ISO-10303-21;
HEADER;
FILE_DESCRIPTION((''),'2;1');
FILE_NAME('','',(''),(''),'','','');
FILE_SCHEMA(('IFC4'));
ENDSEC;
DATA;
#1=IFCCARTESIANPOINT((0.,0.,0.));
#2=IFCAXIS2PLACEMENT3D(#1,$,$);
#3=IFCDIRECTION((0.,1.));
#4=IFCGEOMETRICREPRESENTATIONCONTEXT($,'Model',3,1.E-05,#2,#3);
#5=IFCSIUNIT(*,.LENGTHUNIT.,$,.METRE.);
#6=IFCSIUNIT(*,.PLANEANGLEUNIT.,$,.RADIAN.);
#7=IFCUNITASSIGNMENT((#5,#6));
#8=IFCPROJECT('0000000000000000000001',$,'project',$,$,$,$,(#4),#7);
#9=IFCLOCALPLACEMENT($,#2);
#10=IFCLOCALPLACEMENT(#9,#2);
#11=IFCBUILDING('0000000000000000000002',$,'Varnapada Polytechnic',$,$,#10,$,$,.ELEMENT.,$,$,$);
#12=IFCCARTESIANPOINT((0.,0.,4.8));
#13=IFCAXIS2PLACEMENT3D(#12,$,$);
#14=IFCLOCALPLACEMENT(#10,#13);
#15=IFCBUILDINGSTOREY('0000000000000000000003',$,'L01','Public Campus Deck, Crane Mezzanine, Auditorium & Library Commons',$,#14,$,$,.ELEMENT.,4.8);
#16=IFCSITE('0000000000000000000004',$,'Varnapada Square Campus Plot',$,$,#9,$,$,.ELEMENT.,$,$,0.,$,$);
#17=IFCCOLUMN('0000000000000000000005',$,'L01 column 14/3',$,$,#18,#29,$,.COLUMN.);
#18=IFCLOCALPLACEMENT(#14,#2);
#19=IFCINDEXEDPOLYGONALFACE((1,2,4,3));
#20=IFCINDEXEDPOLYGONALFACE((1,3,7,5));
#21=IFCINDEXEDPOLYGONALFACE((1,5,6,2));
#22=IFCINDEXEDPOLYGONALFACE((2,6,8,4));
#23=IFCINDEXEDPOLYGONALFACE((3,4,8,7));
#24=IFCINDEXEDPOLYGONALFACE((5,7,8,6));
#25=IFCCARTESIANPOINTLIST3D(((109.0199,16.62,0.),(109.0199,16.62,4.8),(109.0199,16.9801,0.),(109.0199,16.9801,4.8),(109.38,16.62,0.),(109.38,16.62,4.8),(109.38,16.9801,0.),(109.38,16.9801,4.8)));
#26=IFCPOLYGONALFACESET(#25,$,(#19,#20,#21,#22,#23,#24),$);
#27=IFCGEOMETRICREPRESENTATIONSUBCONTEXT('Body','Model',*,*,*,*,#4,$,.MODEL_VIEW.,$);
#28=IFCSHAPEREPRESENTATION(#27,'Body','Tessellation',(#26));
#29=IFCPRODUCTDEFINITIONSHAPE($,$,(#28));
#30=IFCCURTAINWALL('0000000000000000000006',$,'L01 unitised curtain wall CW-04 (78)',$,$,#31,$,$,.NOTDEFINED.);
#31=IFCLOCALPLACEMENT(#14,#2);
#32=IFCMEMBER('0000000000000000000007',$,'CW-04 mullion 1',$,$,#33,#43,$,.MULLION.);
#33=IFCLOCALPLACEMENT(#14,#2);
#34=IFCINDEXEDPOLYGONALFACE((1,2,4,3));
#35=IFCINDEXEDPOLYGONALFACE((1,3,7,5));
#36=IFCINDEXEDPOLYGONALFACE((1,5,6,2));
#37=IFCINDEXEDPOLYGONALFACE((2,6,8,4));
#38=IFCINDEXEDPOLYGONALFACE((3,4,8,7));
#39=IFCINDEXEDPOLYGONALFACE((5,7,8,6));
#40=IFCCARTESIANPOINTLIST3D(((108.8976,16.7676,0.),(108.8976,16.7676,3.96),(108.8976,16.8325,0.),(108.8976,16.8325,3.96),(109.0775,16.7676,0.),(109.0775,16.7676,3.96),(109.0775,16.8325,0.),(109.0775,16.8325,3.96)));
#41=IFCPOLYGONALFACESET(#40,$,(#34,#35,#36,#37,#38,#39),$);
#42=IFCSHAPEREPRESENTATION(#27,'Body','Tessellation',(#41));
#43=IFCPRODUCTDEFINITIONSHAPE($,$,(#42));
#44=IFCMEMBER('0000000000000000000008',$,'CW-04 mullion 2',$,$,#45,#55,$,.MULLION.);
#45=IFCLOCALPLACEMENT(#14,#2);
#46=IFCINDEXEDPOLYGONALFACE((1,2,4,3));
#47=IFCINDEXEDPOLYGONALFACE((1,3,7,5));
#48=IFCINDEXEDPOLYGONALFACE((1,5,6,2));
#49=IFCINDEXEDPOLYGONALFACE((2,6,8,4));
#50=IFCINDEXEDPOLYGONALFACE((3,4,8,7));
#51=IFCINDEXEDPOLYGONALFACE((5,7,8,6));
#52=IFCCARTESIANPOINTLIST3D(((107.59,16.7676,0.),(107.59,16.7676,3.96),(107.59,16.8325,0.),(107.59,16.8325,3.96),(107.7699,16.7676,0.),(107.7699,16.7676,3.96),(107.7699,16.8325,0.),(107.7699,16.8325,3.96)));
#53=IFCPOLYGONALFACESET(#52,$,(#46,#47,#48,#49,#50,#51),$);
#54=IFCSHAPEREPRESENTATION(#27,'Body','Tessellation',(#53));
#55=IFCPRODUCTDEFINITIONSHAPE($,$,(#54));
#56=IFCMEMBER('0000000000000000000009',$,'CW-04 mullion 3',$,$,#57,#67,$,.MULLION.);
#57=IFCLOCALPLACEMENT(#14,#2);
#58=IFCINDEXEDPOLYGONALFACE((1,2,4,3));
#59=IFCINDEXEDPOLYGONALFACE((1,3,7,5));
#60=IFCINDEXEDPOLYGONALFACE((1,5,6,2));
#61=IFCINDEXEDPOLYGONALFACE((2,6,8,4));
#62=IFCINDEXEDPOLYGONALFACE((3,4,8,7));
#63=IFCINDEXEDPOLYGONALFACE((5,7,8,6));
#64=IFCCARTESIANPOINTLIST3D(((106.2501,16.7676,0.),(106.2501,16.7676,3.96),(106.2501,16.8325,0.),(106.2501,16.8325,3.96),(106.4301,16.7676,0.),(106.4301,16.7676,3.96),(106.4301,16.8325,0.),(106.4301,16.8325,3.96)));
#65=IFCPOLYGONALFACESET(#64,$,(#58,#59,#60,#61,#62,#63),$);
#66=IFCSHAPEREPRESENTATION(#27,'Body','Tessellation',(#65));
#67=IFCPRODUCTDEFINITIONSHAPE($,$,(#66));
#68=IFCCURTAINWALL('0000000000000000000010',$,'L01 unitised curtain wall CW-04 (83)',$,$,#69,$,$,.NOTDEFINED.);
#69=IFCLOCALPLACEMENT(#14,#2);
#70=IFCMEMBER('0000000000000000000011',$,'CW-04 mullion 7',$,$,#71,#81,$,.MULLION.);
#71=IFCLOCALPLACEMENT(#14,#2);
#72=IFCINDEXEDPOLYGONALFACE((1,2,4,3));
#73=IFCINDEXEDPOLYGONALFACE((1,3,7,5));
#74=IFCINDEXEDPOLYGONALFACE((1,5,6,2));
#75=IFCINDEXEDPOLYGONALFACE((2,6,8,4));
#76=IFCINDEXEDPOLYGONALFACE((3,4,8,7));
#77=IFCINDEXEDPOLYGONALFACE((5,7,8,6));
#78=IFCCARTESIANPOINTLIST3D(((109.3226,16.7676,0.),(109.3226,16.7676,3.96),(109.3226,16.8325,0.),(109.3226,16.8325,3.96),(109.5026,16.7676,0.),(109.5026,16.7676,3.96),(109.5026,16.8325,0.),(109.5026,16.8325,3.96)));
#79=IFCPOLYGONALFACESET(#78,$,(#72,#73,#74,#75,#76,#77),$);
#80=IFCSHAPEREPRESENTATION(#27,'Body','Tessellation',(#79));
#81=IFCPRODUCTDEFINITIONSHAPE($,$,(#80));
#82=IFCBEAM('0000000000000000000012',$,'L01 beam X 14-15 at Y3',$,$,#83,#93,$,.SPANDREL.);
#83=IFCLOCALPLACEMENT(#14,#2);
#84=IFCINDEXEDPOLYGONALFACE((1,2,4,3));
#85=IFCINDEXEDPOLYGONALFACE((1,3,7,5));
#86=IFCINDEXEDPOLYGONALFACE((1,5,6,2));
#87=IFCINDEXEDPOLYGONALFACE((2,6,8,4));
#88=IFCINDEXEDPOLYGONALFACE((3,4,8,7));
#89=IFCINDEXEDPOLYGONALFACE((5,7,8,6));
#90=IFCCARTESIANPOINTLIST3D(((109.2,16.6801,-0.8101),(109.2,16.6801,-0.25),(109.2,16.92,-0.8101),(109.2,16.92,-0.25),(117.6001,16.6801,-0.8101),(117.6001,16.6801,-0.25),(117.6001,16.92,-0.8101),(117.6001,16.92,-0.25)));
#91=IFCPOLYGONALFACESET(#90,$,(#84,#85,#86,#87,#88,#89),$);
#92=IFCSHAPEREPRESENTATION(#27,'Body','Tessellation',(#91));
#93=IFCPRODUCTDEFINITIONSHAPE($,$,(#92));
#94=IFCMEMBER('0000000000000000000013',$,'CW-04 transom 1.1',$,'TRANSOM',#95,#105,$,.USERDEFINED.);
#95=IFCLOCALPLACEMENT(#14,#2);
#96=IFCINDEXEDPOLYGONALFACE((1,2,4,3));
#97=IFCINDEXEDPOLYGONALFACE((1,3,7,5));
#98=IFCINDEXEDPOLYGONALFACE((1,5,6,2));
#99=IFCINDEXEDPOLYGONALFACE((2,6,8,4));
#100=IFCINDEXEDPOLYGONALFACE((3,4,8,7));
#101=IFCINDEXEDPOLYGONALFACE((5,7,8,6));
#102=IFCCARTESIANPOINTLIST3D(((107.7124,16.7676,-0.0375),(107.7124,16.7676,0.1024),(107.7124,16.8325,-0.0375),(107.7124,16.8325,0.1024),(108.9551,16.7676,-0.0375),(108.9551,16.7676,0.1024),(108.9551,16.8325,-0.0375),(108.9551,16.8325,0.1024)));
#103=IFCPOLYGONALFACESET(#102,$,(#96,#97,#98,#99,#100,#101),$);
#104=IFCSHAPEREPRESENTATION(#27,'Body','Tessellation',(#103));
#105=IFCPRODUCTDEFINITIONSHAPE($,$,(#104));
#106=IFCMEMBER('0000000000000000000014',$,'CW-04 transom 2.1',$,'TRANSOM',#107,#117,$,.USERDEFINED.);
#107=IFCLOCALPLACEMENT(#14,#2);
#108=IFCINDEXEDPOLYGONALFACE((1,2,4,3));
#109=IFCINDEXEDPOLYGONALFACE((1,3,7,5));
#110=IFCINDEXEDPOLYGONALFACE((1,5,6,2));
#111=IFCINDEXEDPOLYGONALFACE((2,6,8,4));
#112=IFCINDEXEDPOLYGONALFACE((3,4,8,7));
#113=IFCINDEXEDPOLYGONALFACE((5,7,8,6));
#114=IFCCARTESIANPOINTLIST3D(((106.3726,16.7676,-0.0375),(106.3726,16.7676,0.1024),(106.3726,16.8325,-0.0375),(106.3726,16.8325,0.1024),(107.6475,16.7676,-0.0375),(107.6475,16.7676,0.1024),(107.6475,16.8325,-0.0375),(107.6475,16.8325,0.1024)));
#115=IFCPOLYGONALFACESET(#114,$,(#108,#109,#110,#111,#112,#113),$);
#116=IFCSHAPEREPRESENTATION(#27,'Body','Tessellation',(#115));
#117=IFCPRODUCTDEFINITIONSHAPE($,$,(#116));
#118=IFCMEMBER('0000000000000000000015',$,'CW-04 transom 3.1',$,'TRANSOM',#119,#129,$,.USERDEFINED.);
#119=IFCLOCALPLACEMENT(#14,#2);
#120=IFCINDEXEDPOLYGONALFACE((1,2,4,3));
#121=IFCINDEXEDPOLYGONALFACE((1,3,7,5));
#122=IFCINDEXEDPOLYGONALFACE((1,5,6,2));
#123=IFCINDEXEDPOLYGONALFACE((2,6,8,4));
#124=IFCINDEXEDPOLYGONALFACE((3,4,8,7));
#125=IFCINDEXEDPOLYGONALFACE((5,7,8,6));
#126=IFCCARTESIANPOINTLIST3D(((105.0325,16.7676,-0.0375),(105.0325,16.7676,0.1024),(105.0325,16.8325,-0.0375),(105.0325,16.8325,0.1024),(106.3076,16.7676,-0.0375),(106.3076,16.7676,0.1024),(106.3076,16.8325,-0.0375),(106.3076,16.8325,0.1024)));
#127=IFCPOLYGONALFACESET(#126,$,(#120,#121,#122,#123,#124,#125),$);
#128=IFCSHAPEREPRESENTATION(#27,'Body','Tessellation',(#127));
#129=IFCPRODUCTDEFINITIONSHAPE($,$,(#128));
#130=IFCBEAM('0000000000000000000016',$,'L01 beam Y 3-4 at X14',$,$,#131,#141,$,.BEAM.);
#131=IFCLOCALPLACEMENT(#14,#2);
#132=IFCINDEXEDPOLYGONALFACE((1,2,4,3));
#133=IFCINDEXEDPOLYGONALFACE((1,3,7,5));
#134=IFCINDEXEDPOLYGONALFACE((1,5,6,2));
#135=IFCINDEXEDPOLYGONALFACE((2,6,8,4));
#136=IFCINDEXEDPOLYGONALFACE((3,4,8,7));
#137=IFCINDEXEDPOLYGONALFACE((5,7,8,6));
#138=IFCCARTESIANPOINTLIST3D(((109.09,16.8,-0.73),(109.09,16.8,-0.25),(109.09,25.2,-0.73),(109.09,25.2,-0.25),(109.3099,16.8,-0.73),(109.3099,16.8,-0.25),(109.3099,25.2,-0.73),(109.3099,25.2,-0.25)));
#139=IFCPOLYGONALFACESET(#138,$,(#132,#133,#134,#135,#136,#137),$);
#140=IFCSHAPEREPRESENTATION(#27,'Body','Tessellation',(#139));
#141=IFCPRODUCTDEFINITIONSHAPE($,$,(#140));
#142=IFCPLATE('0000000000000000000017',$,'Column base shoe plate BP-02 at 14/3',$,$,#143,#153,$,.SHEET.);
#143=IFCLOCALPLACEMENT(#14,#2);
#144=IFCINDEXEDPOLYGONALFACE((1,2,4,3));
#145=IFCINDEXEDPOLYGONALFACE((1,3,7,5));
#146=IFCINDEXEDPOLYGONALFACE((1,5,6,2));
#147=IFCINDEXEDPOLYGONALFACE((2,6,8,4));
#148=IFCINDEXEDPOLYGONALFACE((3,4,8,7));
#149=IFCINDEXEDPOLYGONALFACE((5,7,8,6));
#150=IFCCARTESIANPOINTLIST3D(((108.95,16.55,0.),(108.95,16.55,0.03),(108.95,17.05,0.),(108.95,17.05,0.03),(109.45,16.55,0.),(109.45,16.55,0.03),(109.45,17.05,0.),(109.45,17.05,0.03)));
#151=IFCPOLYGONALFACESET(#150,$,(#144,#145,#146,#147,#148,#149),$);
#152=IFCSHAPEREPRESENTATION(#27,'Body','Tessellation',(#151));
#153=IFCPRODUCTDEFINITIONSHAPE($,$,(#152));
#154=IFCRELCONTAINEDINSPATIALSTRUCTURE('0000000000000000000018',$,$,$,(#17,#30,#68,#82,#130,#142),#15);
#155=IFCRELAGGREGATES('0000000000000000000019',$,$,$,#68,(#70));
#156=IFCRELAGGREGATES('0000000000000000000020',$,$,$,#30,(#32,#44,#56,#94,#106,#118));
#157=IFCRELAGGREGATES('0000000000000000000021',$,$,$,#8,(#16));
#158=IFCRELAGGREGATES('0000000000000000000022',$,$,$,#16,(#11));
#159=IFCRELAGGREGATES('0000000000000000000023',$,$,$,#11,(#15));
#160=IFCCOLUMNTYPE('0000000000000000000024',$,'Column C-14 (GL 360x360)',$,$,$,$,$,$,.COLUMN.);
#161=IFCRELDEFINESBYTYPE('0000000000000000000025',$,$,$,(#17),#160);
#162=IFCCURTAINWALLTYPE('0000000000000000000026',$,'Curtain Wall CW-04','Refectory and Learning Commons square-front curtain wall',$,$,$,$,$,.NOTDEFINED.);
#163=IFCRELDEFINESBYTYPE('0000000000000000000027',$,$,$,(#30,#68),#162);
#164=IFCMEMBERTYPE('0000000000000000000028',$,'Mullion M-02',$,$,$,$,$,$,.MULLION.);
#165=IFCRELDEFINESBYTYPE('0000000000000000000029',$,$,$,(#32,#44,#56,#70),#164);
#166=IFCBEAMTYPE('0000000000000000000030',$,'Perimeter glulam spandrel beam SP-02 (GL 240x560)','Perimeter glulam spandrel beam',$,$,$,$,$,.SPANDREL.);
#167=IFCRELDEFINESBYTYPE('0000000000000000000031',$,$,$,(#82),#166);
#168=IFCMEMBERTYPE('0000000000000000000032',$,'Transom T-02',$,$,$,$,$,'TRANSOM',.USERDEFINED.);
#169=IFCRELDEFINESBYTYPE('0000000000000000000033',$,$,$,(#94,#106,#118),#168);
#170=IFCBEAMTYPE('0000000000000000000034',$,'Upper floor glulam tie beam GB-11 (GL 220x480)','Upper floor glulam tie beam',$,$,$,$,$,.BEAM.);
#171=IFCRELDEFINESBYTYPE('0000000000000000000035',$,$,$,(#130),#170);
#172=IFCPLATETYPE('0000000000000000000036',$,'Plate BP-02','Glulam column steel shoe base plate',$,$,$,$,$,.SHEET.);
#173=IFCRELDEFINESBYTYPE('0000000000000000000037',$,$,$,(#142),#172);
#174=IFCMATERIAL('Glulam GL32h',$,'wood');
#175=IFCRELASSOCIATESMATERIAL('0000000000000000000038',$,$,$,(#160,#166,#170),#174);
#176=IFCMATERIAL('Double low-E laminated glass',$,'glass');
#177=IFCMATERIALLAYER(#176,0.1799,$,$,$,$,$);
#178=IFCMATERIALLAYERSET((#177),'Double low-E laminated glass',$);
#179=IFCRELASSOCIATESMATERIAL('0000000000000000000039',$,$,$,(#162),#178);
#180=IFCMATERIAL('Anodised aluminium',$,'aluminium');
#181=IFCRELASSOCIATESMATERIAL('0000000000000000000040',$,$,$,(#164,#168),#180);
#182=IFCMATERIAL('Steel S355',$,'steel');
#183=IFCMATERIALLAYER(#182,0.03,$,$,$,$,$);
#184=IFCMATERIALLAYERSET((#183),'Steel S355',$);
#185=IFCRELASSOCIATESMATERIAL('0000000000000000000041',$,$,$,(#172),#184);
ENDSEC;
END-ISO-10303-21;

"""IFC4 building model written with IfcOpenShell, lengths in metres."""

from ifc_helpers import new_model, si_unit, direction, frame, origin, origin_2d, place, context, subcontext, project, spatial, rectangle, extrude, material, layer, layer_set, material_profile, profile_set, type_object, element, aggregate, save


model = new_model("IFC4")

# Units and contexts
model_context = context("Model", 3, precision=1e-05, world=origin(), true_north=direction((0.0, 1.0)))
body_context = subcontext(model_context, "Body", "Model", "MODEL_VIEW")
ifc_project = project(units=[si_unit("LENGTHUNIT", "METRE"), si_unit("PLANEANGLEUNIT", "RADIAN")], contexts=[model_context])

# Site, building, storey
site_placement = place(None, origin())
site = spatial("IfcSite", under=ifc_project, at=site_placement, Name="Varnapada Square Campus Plot", CompositionType="ELEMENT", RefElevation=0.0)
building_placement = place(site_placement, origin())
building = spatial("IfcBuilding", under=site, at=building_placement, Name="Varnapada Polytechnic", CompositionType="ELEMENT")
storey_placement = place(building_placement, frame((0.0, 0.0, 4.8)))
storey = spatial("IfcBuildingStorey", under=building, at=storey_placement, Name="L01", Description="Public Campus Deck, Crane Mezzanine, Auditorium & Library Commons", CompositionType="ELEMENT", Elevation=4.8)

# Column
ifc_material_1 = material(Name="Glulam GL32h", Category="wood")
ifc_material_profile_1 = material_profile(ifc_material_1, rectangle(XDim=0.3601, YDim=0.3601, at=origin_2d()), Name="GL 360x360")
ifc_profile_set_1 = profile_set([ifc_material_profile_1], Name="Glulam GL32h")
column_type = type_object("IfcColumnType", Name="Column C-14 (GL 360x360)", PredefinedType="COLUMN", material=ifc_profile_set_1)
column_placement = place(storey_placement, frame((109.2, 16.8, 0.0), z_axis=(0.0, 0.0, 1.0), x_axis=(1.0, 0.0, 0.0)))
element("IfcColumn", 1, at=column_placement, inside=storey, type_object=column_type, Name="L01 column 14/3", PredefinedType="COLUMN", context=body_context, shape_type="SweptSolid", body=[
    extrude(rectangle(XDim=0.3601, YDim=0.3601, at=origin_2d()), origin(), (0.0, 0.0, 1.0), 4.8),
])

# Curtain wall, members
ifc_material_2 = material(Name="Double low-E laminated glass", Category="glass")
ifc_layer_1 = layer(ifc_material_2, 0.1799)
ifc_layer_set_1 = layer_set([ifc_layer_1], Name="Double low-E laminated glass")
curtain_wall_type = type_object("IfcCurtainWallType", Name="Curtain Wall CW-04", Description="Refectory and Learning Commons square-front curtain wall", PredefinedType="NOTDEFINED", material=ifc_layer_set_1)
curtain_wall_1_placement = place(storey_placement, origin())
curtain_wall_1 = element("IfcCurtainWall", 2, at=curtain_wall_1_placement, inside=storey, type_object=curtain_wall_type, Name="L01 unitised curtain wall CW-04 (78)", PredefinedType="NOTDEFINED")
ifc_material_3 = material(Name="Anodised aluminium", Category="aluminium")
ifc_material_profile_2 = material_profile(ifc_material_3, rectangle(XDim=0.0649, YDim=0.1799, at=origin_2d()), Name="ALU M65x180")
ifc_profile_set_2 = profile_set([ifc_material_profile_2], Name="Anodised aluminium")
member_type_1 = type_object("IfcMemberType", Name="Mullion M-02", PredefinedType="MULLION", material=ifc_profile_set_2)
member_1_placement = place(storey_placement, frame((108.9875, 16.8, 0.0), z_axis=(0.0, 0.0, 1.0), x_axis=(0.0, -1.0, 0.0)))
member_1 = element("IfcMember", 3, at=member_1_placement, type_object=member_type_1, Name="CW-04 mullion 1", PredefinedType="MULLION", context=body_context, shape_type="SweptSolid", body=[
    extrude(rectangle(XDim=0.0649, YDim=0.1799, at=origin_2d()), origin(), (0.0, 0.0, 1.0), 3.96),
])
member_2_placement = place(storey_placement, frame((107.6799, 16.8, 0.0), z_axis=(0.0, 0.0, 1.0), x_axis=(0.0, -1.0, 0.0)))
member_2 = element("IfcMember", 4, at=member_2_placement, type_object=member_type_1, Name="CW-04 mullion 2", PredefinedType="MULLION", context=body_context, shape_type="SweptSolid", body=[
    extrude(rectangle(XDim=0.0649, YDim=0.1799, at=origin_2d()), origin(), (0.0, 0.0, 1.0), 3.96),
])
member_3_placement = place(storey_placement, frame((106.3401, 16.8, 0.0), z_axis=(0.0, 0.0, 1.0), x_axis=(0.0, -1.0, 0.0)))
member_3 = element("IfcMember", 5, at=member_3_placement, type_object=member_type_1, Name="CW-04 mullion 3", PredefinedType="MULLION", context=body_context, shape_type="SweptSolid", body=[
    extrude(rectangle(XDim=0.0649, YDim=0.1799, at=origin_2d()), origin(), (0.0, 0.0, 1.0), 3.96),
])

# Curtain wall, member
curtain_wall_2_placement = place(storey_placement, origin())
curtain_wall_2 = element("IfcCurtainWall", 6, at=curtain_wall_2_placement, inside=storey, type_object=curtain_wall_type, Name="L01 unitised curtain wall CW-04 (83)", PredefinedType="NOTDEFINED")
member_4_placement = place(storey_placement, frame((109.4126, 16.8, 0.0), z_axis=(0.0, 0.0, 1.0), x_axis=(0.0, -1.0, 0.0)))
member_4 = element("IfcMember", 7, at=member_4_placement, type_object=member_type_1, Name="CW-04 mullion 7", PredefinedType="MULLION", context=body_context, shape_type="SweptSolid", body=[
    extrude(rectangle(XDim=0.0649, YDim=0.1799, at=origin_2d()), origin(), (0.0, 0.0, 1.0), 3.96),
])
aggregate(curtain_wall_2, [member_4])

# Beam
ifc_material_profile_3 = material_profile(ifc_material_1, rectangle(XDim=0.24, YDim=0.5601, at=origin_2d()), Name="GL 240x560")
ifc_profile_set_3 = profile_set([ifc_material_profile_3], Name="Glulam GL32h")
beam_type_1 = type_object("IfcBeamType", Name="Perimeter glulam spandrel beam SP-02 (GL 240x560)", Description="Perimeter glulam spandrel beam", PredefinedType="SPANDREL", material=ifc_profile_set_3)
beam_1_placement = place(storey_placement, frame((109.2, 16.8, -0.53), z_axis=(1.0, 0.0, 0.0), x_axis=(0.0, 1.0, 0.0)))
element("IfcBeam", 8, at=beam_1_placement, inside=storey, type_object=beam_type_1, Name="L01 beam X 14-15 at Y3", PredefinedType="SPANDREL", context=body_context, shape_type="SweptSolid", body=[
    extrude(rectangle(XDim=0.24, YDim=0.5601, at=origin_2d()), origin(), (0.0, 0.0, 1.0), 8.4001),
])

# Members
ifc_material_profile_4 = material_profile(ifc_material_3, rectangle(XDim=0.0649, YDim=0.1399, at=origin_2d()), Name="ALU T65x140")
ifc_profile_set_4 = profile_set([ifc_material_profile_4], Name="Anodised aluminium")
member_type_2 = type_object("IfcMemberType", Name="Transom T-02", ElementType="TRANSOM", PredefinedType="USERDEFINED", material=ifc_profile_set_4)
member_5_placement = place(storey_placement, frame((108.9551, 16.8, 0.0325), z_axis=(-1.0, 0.0, 0.0), x_axis=(0.0, -1.0, 0.0)))
member_5 = element("IfcMember", 9, at=member_5_placement, type_object=member_type_2, Name="CW-04 transom 1.1", ObjectType="TRANSOM", PredefinedType="USERDEFINED", context=body_context, shape_type="SweptSolid", body=[
    extrude(rectangle(XDim=0.0649, YDim=0.1399, at=origin_2d()), origin(), (0.0, 0.0, 1.0), 1.2427),
])
member_6_placement = place(storey_placement, frame((107.6475, 16.8, 0.0325), z_axis=(-1.0, 0.0, 0.0), x_axis=(0.0, -1.0, 0.0)))
member_6 = element("IfcMember", 10, at=member_6_placement, type_object=member_type_2, Name="CW-04 transom 2.1", ObjectType="TRANSOM", PredefinedType="USERDEFINED", context=body_context, shape_type="SweptSolid", body=[
    extrude(rectangle(XDim=0.0649, YDim=0.1399, at=origin_2d()), origin(), (0.0, 0.0, 1.0), 1.2749),
])
member_7_placement = place(storey_placement, frame((106.3076, 16.8, 0.0325), z_axis=(-1.0, 0.0, 0.0), x_axis=(0.0, -1.0, 0.0)))
member_7 = element("IfcMember", 11, at=member_7_placement, type_object=member_type_2, Name="CW-04 transom 3.1", ObjectType="TRANSOM", PredefinedType="USERDEFINED", context=body_context, shape_type="SweptSolid", body=[
    extrude(rectangle(XDim=0.0649, YDim=0.1399, at=origin_2d()), origin(), (0.0, 0.0, 1.0), 1.2751),
])
aggregate(curtain_wall_1, [member_1, member_2, member_3, member_5, member_6, member_7])

# Beam
ifc_material_profile_5 = material_profile(ifc_material_1, rectangle(XDim=0.22, YDim=0.48, at=origin_2d()), Name="GL 220x480")
ifc_profile_set_5 = profile_set([ifc_material_profile_5], Name="Glulam GL32h")
beam_type_2 = type_object("IfcBeamType", Name="Upper floor glulam tie beam GB-11 (GL 220x480)", Description="Upper floor glulam tie beam", PredefinedType="BEAM", material=ifc_profile_set_5)
beam_2_placement = place(storey_placement, frame((109.2, 16.8, -0.49), z_axis=(0.0, 1.0, 0.0), x_axis=(-1.0, 0.0, 0.0)))
element("IfcBeam", 12, at=beam_2_placement, inside=storey, type_object=beam_type_2, Name="L01 beam Y 3-4 at X14", PredefinedType="BEAM", context=body_context, shape_type="SweptSolid", body=[
    extrude(rectangle(XDim=0.22, YDim=0.48, at=origin_2d()), origin(), (0.0, 0.0, 1.0), 8.3999),
])

# Plate
ifc_material_4 = material(Name="Steel S355", Category="steel")
ifc_layer_2 = layer(ifc_material_4, 0.03)
ifc_layer_set_2 = layer_set([ifc_layer_2], Name="Steel S355")
plate_type = type_object("IfcPlateType", Name="Plate BP-02", Description="Glulam column steel shoe base plate", PredefinedType="SHEET", material=ifc_layer_set_2)
plate_placement = place(storey_placement, frame((109.2, 16.8, 0.0), z_axis=(0.0, 0.0, 1.0), x_axis=(1.0, 0.0, 0.0)))
element("IfcPlate", 13, at=plate_placement, inside=storey, type_object=plate_type, Name="Column base shoe plate BP-02 at 14/3", PredefinedType="SHEET", context=body_context, shape_type="SweptSolid", body=[
    extrude(rectangle(XDim=0.5, YDim=0.5, at=origin_2d()), origin(), (0.0, 0.0, 1.0), 0.03),
])

save(model, "model.ifc")
